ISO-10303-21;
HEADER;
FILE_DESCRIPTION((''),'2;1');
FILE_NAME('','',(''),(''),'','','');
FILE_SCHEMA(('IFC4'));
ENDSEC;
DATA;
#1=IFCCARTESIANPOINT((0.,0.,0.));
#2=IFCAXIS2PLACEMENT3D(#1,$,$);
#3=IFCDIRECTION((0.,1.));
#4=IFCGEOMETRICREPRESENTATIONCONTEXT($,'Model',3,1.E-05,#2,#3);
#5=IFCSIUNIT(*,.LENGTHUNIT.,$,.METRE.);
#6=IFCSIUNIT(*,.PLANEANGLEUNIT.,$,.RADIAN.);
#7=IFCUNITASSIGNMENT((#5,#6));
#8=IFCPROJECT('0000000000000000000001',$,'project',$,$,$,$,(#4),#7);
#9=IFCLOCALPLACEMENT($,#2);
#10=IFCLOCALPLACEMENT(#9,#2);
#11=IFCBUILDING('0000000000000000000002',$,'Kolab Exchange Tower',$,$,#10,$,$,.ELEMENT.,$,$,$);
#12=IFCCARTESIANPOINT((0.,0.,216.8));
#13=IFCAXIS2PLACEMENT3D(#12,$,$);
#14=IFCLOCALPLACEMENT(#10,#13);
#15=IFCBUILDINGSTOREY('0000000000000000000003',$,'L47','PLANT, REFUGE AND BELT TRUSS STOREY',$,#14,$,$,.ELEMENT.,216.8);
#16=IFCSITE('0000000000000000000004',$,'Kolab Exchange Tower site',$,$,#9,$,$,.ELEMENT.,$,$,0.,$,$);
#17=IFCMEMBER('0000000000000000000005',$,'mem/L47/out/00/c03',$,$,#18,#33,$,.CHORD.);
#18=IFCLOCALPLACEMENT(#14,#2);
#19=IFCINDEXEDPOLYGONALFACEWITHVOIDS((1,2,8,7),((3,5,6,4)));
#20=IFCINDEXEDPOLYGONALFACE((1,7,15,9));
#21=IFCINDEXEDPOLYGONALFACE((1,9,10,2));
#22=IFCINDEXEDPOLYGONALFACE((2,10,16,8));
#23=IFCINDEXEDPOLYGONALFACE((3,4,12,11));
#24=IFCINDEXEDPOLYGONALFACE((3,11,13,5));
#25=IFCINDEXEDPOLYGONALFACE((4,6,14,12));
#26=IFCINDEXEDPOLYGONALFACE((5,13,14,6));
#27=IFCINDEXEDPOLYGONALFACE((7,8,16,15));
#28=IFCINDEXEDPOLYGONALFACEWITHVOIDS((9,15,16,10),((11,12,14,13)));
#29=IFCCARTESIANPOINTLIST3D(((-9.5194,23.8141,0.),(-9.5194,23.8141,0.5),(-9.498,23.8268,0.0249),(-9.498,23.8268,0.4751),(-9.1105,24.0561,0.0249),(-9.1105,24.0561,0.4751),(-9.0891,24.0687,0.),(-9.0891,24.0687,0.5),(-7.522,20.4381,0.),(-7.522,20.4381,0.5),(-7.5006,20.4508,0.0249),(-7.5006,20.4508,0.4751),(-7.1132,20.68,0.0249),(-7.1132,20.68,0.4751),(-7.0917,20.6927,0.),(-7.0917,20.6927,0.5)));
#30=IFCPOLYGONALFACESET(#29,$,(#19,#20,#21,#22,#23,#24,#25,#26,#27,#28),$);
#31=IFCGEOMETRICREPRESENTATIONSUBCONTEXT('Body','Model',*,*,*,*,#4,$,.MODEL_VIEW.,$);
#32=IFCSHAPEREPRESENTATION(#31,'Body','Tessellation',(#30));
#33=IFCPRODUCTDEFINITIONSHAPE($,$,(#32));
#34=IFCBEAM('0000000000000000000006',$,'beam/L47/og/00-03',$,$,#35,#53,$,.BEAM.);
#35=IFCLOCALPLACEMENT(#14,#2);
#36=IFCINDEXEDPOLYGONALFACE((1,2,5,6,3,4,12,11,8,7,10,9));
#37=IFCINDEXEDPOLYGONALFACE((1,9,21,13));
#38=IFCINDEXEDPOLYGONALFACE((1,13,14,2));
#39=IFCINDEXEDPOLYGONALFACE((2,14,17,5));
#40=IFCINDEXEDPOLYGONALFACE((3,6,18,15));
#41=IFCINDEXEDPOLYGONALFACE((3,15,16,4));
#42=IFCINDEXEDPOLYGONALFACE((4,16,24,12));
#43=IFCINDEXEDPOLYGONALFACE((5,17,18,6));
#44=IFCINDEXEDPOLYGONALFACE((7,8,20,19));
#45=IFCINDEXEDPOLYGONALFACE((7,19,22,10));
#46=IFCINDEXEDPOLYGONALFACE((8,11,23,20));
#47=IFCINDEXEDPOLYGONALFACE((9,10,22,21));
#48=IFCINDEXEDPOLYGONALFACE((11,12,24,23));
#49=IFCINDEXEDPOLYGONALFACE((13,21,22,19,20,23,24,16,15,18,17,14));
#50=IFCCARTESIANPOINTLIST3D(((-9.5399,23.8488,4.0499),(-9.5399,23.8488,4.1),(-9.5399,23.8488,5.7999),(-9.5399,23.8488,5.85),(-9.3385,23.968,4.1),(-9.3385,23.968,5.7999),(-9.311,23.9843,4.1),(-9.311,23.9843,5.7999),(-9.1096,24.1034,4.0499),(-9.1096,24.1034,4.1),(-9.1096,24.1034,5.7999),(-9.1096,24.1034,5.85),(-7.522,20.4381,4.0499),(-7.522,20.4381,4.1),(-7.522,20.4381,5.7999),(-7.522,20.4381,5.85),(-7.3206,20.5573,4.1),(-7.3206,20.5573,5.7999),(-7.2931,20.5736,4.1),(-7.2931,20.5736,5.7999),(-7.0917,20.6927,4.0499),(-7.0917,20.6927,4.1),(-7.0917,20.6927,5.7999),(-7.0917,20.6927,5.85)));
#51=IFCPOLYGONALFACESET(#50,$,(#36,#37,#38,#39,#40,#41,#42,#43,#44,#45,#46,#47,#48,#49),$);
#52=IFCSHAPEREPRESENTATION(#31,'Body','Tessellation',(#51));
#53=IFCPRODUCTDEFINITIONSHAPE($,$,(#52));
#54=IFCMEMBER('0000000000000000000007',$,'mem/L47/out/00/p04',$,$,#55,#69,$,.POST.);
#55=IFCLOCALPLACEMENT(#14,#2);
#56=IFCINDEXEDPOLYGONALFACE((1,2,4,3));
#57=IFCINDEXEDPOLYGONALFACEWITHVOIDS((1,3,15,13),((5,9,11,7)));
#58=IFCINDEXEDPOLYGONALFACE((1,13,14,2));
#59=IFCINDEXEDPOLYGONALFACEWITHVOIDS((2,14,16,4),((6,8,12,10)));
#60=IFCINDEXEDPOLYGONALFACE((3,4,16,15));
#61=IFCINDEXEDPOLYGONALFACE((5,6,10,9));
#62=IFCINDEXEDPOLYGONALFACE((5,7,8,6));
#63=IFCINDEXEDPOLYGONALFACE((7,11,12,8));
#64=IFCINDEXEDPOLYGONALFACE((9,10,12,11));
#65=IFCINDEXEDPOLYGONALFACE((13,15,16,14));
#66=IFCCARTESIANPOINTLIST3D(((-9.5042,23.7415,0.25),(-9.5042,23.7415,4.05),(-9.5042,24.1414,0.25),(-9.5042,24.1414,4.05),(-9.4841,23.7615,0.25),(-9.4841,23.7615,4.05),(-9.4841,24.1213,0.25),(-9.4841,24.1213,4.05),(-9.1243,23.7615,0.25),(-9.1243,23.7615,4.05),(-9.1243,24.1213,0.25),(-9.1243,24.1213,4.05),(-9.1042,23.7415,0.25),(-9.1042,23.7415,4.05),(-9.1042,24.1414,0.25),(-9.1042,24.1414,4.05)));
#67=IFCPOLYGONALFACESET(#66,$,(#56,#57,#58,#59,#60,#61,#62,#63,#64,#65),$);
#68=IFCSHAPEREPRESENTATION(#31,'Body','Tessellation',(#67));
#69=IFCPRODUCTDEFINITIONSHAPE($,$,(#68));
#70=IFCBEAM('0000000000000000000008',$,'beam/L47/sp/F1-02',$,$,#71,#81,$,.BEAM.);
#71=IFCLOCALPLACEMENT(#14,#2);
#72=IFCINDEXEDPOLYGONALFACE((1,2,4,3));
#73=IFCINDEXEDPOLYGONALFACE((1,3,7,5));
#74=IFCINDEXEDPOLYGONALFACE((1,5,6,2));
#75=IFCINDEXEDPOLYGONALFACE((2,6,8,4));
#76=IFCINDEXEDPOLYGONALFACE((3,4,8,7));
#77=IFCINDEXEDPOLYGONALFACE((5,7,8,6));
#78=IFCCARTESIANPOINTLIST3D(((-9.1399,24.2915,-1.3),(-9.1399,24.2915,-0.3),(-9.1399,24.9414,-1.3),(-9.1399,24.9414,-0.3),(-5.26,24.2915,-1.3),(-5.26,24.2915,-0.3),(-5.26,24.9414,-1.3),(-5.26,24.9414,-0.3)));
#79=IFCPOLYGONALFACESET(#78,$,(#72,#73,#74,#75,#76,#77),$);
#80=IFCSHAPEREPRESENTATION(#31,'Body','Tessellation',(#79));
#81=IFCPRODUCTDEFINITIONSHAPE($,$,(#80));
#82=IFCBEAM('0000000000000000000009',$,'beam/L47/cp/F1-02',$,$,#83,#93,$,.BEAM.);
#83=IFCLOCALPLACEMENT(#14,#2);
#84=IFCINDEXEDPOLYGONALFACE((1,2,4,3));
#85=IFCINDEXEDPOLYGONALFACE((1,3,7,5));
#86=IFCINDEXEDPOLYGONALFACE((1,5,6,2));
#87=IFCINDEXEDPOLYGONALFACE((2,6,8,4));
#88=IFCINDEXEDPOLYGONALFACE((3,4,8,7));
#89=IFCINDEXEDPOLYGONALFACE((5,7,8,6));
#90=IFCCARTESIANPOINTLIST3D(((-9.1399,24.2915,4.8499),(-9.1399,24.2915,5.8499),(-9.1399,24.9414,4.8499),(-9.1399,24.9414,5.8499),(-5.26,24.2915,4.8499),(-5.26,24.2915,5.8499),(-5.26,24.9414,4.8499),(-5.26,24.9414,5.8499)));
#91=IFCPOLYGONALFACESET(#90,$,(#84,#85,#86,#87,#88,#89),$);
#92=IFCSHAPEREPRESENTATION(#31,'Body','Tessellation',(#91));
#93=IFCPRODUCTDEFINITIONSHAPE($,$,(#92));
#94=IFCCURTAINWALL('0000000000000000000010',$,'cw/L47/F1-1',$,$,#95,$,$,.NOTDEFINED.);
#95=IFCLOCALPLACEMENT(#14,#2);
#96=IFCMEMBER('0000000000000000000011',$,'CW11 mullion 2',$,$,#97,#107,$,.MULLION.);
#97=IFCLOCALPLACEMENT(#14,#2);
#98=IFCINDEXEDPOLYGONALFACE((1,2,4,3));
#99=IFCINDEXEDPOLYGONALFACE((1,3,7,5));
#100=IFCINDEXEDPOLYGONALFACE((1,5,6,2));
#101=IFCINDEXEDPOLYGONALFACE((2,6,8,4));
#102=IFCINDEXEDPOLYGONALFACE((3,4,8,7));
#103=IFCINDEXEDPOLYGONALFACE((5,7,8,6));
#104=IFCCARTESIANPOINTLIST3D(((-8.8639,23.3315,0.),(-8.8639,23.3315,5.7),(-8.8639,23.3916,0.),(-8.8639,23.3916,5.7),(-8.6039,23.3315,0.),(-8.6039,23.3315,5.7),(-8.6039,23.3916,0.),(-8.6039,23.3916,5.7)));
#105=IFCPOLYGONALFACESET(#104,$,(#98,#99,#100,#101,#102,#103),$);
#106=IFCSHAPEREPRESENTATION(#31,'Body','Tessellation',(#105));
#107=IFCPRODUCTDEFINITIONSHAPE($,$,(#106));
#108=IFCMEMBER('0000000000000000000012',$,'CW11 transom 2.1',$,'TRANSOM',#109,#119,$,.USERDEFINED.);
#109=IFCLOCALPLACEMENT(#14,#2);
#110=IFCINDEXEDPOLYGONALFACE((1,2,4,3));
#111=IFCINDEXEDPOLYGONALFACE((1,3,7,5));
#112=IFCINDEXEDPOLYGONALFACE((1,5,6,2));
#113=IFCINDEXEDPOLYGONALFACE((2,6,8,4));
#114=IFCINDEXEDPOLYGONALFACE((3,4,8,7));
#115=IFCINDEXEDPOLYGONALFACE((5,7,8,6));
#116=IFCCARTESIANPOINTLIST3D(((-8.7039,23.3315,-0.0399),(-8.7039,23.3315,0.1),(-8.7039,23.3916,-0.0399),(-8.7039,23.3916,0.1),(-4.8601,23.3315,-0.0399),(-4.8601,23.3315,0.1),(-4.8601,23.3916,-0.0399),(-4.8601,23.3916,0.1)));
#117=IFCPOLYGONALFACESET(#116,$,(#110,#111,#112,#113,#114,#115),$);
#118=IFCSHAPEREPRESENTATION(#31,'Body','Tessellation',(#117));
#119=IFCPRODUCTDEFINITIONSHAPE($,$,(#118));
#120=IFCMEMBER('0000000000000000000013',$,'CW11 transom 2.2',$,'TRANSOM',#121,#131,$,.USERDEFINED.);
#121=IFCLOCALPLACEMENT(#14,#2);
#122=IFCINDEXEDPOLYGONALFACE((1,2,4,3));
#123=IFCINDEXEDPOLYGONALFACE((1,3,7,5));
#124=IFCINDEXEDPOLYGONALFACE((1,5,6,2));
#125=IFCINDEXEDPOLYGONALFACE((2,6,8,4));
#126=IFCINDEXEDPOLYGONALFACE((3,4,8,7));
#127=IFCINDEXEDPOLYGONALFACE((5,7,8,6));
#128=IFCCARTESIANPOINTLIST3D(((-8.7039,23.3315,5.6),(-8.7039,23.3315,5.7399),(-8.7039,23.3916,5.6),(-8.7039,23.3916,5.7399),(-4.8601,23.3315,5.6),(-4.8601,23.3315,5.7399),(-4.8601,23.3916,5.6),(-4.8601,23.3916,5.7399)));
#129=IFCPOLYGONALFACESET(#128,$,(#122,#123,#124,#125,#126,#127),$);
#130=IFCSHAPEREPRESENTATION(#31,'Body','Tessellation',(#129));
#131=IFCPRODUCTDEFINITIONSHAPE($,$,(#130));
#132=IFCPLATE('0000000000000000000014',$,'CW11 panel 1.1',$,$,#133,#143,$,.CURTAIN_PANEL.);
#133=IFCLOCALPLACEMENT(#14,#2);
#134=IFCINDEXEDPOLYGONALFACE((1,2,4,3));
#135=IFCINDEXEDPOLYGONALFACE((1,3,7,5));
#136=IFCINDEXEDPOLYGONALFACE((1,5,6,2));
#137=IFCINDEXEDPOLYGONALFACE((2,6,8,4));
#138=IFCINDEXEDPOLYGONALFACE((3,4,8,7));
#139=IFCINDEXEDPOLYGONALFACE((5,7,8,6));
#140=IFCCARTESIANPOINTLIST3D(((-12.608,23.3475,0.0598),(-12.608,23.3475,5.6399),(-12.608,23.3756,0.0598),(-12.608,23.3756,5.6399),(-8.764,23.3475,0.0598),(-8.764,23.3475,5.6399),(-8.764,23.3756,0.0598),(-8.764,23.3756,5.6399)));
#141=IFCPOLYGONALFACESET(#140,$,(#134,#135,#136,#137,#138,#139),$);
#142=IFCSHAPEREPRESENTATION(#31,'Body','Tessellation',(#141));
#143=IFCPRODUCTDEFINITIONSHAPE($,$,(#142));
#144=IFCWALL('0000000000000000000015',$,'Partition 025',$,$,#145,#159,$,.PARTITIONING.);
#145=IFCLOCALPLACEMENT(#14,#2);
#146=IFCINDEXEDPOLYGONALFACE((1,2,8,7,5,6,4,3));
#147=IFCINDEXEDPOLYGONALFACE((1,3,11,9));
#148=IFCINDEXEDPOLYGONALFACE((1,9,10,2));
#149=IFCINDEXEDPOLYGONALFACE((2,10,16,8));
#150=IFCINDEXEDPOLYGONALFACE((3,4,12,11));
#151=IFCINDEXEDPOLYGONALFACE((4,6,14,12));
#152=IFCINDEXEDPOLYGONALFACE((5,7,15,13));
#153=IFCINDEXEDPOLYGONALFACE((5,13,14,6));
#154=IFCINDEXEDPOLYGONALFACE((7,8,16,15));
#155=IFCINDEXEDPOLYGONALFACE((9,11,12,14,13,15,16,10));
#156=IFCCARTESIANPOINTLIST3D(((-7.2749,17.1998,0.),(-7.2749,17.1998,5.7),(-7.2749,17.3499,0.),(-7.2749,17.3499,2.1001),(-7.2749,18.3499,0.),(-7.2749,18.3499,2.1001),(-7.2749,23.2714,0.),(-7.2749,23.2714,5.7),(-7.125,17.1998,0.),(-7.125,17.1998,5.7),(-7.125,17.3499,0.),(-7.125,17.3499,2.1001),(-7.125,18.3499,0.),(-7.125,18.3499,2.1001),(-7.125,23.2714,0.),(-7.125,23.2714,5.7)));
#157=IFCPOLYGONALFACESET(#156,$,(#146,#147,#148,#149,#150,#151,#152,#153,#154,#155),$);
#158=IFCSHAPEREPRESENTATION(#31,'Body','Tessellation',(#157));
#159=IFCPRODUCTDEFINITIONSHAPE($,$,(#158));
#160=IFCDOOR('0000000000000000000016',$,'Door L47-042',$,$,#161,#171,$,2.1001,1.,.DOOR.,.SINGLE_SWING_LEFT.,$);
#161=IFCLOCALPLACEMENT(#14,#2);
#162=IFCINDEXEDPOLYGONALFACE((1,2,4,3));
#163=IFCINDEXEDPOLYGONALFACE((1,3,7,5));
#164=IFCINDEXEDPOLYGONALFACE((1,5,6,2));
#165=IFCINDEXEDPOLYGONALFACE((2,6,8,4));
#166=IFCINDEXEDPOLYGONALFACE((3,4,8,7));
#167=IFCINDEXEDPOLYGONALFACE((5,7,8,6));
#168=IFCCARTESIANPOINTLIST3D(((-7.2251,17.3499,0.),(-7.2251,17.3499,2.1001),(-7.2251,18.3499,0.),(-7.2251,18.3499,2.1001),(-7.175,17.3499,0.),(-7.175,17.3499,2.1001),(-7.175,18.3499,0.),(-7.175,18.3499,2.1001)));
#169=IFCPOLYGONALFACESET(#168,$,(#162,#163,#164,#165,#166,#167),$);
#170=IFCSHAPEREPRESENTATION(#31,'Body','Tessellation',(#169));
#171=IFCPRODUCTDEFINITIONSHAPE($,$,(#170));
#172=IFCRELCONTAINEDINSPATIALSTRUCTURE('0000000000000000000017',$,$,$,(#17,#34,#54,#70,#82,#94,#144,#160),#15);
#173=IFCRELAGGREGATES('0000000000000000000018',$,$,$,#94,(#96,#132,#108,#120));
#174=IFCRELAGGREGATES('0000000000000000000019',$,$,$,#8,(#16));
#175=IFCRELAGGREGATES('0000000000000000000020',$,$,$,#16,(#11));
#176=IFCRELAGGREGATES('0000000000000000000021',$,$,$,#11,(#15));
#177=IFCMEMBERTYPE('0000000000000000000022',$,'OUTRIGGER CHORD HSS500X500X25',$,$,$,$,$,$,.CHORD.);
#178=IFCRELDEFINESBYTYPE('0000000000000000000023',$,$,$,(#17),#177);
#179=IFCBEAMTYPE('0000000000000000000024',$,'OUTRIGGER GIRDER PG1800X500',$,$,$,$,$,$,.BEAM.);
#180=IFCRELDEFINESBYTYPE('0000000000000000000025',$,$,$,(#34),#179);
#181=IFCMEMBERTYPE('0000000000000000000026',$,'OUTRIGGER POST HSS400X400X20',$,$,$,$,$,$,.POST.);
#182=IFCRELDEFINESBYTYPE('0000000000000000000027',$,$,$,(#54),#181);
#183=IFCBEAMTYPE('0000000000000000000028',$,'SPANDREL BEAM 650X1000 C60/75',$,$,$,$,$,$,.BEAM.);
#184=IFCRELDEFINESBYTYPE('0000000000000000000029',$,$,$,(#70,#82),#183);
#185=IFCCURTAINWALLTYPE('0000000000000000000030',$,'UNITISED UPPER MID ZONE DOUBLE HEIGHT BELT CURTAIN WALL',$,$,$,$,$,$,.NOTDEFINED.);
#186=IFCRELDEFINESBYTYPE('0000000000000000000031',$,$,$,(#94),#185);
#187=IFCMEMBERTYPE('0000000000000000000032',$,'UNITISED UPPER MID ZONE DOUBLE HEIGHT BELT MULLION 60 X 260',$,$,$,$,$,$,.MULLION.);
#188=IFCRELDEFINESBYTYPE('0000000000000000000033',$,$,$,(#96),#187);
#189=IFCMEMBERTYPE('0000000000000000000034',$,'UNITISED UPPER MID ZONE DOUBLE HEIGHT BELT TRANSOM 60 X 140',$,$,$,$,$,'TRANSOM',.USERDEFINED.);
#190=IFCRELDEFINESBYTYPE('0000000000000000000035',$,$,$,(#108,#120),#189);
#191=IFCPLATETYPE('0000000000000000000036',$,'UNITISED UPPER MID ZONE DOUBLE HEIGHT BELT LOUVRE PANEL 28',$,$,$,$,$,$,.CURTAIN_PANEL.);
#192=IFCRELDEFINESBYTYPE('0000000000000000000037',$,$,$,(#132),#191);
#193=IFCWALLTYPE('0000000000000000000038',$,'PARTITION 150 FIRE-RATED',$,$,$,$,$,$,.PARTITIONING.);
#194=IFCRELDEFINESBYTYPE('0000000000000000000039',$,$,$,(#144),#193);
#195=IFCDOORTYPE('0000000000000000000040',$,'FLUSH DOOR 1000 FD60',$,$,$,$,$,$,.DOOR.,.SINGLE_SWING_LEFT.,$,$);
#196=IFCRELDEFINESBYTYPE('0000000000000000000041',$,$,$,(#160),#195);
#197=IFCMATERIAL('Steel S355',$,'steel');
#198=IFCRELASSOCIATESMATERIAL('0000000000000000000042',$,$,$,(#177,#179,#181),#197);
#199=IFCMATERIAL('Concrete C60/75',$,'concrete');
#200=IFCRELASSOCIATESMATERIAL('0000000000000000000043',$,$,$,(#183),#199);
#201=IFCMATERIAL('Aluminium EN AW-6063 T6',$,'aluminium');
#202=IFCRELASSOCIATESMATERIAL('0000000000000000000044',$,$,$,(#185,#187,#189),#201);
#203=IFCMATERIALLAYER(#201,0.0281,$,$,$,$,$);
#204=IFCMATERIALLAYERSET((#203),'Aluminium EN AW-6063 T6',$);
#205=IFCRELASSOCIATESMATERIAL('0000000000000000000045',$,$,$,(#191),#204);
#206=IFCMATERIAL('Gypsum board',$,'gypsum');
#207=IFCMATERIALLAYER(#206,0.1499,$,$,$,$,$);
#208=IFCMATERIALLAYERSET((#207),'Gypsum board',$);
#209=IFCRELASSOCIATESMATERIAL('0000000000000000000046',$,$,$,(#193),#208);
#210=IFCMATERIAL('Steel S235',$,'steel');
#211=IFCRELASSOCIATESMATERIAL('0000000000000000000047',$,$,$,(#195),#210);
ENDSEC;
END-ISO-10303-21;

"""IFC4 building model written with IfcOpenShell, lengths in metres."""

from ifc_helpers import new_model, si_unit, direction, frame, frame_2d, origin, origin_2d, place, context, subcontext, project, spatial, rectangle, hollow_rectangle, i_section, extrude, material, layer, layer_set, material_profile, profile_set, type_object, element, fill, aggregate, save


model = new_model("IFC4")

# Units and contexts
model_context = context("Model", 3, precision=1e-05, world=origin(), true_north=direction((0.0, 1.0)))
body_context = subcontext(model_context, "Body", "Model", "MODEL_VIEW")
ifc_project = project(units=[si_unit("LENGTHUNIT", "METRE"), si_unit("PLANEANGLEUNIT", "RADIAN")], contexts=[model_context])

# Site, building, storey
site_placement = place(None, origin())
site = spatial("IfcSite", under=ifc_project, at=site_placement, Name="Kolab Exchange Tower site", CompositionType="ELEMENT", RefElevation=0.0)
building_placement = place(site_placement, origin())
building = spatial("IfcBuilding", under=site, at=building_placement, Name="Kolab Exchange Tower", CompositionType="ELEMENT")
storey_placement = place(building_placement, frame((0.0, 0.0, 216.8)))
storey = spatial("IfcBuildingStorey", under=building, at=storey_placement, Name="L47", Description="PLANT, REFUGE AND BELT TRUSS STOREY", CompositionType="ELEMENT", Elevation=216.8)

# Shared definitions
ifc_material_1 = material(Name="Concrete C60/75", Category="concrete")

# Shared definitions
ifc_material_2 = material(Name="Steel S355", Category="steel")

# Member
ifc_material_profile_1 = material_profile(ifc_material_2, hollow_rectangle(XDim=0.5, YDim=0.5, WallThickness=0.0249, at=origin_2d()), Name="HSS500X500X25")
ifc_profile_set_1 = profile_set([ifc_material_profile_1], Name="Steel S355")
member_type_1 = type_object("IfcMemberType", Name="OUTRIGGER CHORD HSS500X500X25", PredefinedType="CHORD", material=ifc_profile_set_1)
member_1_placement = place(storey_placement, frame((-7.3069, 20.5654, 0.25), z_axis=(-0.509186, 0.860656, 0.0), x_axis=(-0.860656, -0.509186, 0.0)))
element("IfcMember", 1, at=member_1_placement, inside=storey, type_object=member_type_1, Name="mem/L47/out/00/c03", PredefinedType="CHORD", context=body_context, shape_type="SweptSolid", body=[
    extrude(hollow_rectangle(XDim=0.5, YDim=0.5, WallThickness=0.0249, at=origin_2d()), origin(), (0.0, 0.0, 1.0), 3.9226),
])

# Beam
ifc_material_profile_2 = material_profile(ifc_material_2, i_section(OverallWidth=0.5, OverallDepth=1.8, WebThickness=0.032, FlangeThickness=0.05, at=origin_2d()), Name="PG1800X500")
ifc_profile_set_2 = profile_set([ifc_material_profile_2], Name="Steel S355")
beam_type_1 = type_object("IfcBeamType", Name="OUTRIGGER GIRDER PG1800X500", PredefinedType="BEAM", material=ifc_profile_set_2)
beam_1_placement = place(storey_placement, frame((-7.3069, 20.5654, 4.95), z_axis=(-0.509186, 0.860657, 0.0), x_axis=(-0.860657, -0.509186, 0.0)))
element("IfcBeam", 2, at=beam_1_placement, inside=storey, type_object=beam_type_1, Name="beam/L47/og/00-03", PredefinedType="BEAM", context=body_context, shape_type="SweptSolid", body=[
    extrude(i_section(OverallWidth=0.5, OverallDepth=1.8, WebThickness=0.032, FlangeThickness=0.05, at=origin_2d()), origin(), (0.0, 0.0, 1.0), 3.9629),
])

# Member
ifc_material_profile_3 = material_profile(ifc_material_2, hollow_rectangle(XDim=0.3999, YDim=0.3999, WallThickness=0.02, at=origin_2d()), Name="HSS400X400X20")
ifc_profile_set_3 = profile_set([ifc_material_profile_3], Name="Steel S355")
member_type_2 = type_object("IfcMemberType", Name="OUTRIGGER POST HSS400X400X20", PredefinedType="POST", material=ifc_profile_set_3)
member_2_placement = place(storey_placement, frame((-9.3042, 23.9414, 0.25), z_axis=(0.0, 0.0, 1.0), x_axis=(1.0, 0.0, 0.0)))
element("IfcMember", 3, at=member_2_placement, inside=storey, type_object=member_type_2, Name="mem/L47/out/00/p04", PredefinedType="POST", context=body_context, shape_type="SweptSolid", body=[
    extrude(hollow_rectangle(XDim=0.3999, YDim=0.3999, WallThickness=0.02, at=origin_2d()), origin(), (0.0, 0.0, 1.0), 3.8),
])

# Beams
ifc_material_profile_4 = material_profile(ifc_material_1, rectangle(XDim=0.6499, YDim=1.0, at=origin_2d()), Name="RC650X1000")
ifc_profile_set_4 = profile_set([ifc_material_profile_4], Name="Concrete C60/75")
beam_type_2 = type_object("IfcBeamType", Name="SPANDREL BEAM 650X1000 C60/75", PredefinedType="BEAM", material=ifc_profile_set_4)
for number, where, z_axis, x_axis, name in (
    (4, (-9.1399, 24.6165, -0.8), (1.0, 0.0, 0.0), (0.0, 1.0, 0.0), "beam/L47/sp/F1-02"),
    (5, (-9.1399, 24.6165, 5.3499), (1.0, 0.0, 0.0), (0.0, 1.0, 0.0), "beam/L47/cp/F1-02"),
):
    element("IfcBeam", number, at=place(storey_placement, frame(where, z_axis=z_axis, x_axis=x_axis)), inside=storey, type_object=beam_type_2, Name=name, PredefinedType="BEAM", context=body_context, shape_type="SweptSolid", body=[
        extrude(rectangle(XDim=0.6499, YDim=1.0, at=origin_2d()), origin(), (0.0, 0.0, 1.0), 3.8799),
    ])

# Curtain wall, members, plate
ifc_material_3 = material(Name="Aluminium EN AW-6063 T6", Category="aluminium")
curtain_wall_type = type_object("IfcCurtainWallType", Name="UNITISED UPPER MID ZONE DOUBLE HEIGHT BELT CURTAIN WALL", PredefinedType="NOTDEFINED", material=ifc_material_3)
curtain_wall_placement = place(storey_placement, origin())
curtain_wall = element("IfcCurtainWall", 6, at=curtain_wall_placement, inside=storey, type_object=curtain_wall_type, Name="cw/L47/F1-1", PredefinedType="NOTDEFINED")
ifc_material_profile_5 = material_profile(ifc_material_3, rectangle(XDim=0.0601, YDim=0.26, at=origin_2d()), Name="RECT 60X260")
ifc_profile_set_5 = profile_set([ifc_material_profile_5], Name="Aluminium EN AW-6063 T6")
member_type_3 = type_object("IfcMemberType", Name="UNITISED UPPER MID ZONE DOUBLE HEIGHT BELT MULLION 60 X 260", PredefinedType="MULLION", material=ifc_profile_set_5)
member_3_placement = place(storey_placement, frame((-8.7339, 23.3616, 0.0), z_axis=(0.0, 0.0, 1.0), x_axis=(0.0, 1.0, 0.0)))
member_3 = element("IfcMember", 7, at=member_3_placement, type_object=member_type_3, Name="CW11 mullion 2", PredefinedType="MULLION", context=body_context, shape_type="SweptSolid", body=[
    extrude(rectangle(XDim=0.0601, YDim=0.26, at=origin_2d()), origin(), (0.0, 0.0, 1.0), 5.7),
])
ifc_material_profile_6 = material_profile(ifc_material_3, rectangle(XDim=0.0601, YDim=0.1399, at=origin_2d()), Name="RECT 60X140")
ifc_profile_set_6 = profile_set([ifc_material_profile_6], Name="Aluminium EN AW-6063 T6")
member_type_4 = type_object("IfcMemberType", Name="UNITISED UPPER MID ZONE DOUBLE HEIGHT BELT TRANSOM 60 X 140", ElementType="TRANSOM", PredefinedType="USERDEFINED", material=ifc_profile_set_6)
member_4_placement = place(storey_placement, frame((-8.7039, 23.3616, 0.03), z_axis=(1.0, 0.0, 0.0), x_axis=(0.0, 1.0, 0.0)))
member_4 = element("IfcMember", 8, at=member_4_placement, type_object=member_type_4, Name="CW11 transom 2.1", ObjectType="TRANSOM", PredefinedType="USERDEFINED", context=body_context, shape_type="SweptSolid", body=[
    extrude(rectangle(XDim=0.0601, YDim=0.1399, at=origin_2d()), origin(), (0.0, 0.0, 1.0), 3.8438),
])
member_5_placement = place(storey_placement, frame((-8.7039, 23.3616, 5.6699), z_axis=(1.0, 0.0, 0.0), x_axis=(0.0, 1.0, 0.0)))
member_5 = element("IfcMember", 9, at=member_5_placement, type_object=member_type_4, Name="CW11 transom 2.2", ObjectType="TRANSOM", PredefinedType="USERDEFINED", context=body_context, shape_type="SweptSolid", body=[
    extrude(rectangle(XDim=0.0601, YDim=0.1399, at=origin_2d()), origin(), (0.0, 0.0, 1.0), 3.8438),
])
ifc_layer_1 = layer(ifc_material_3, 0.0281)
ifc_layer_set_1 = layer_set([ifc_layer_1], Name="Aluminium EN AW-6063 T6")
plate_type = type_object("IfcPlateType", Name="UNITISED UPPER MID ZONE DOUBLE HEIGHT BELT LOUVRE PANEL 28", PredefinedType="CURTAIN_PANEL", material=ifc_layer_set_1)
plate_placement = place(storey_placement, frame((-10.686, 23.3616, 0.0598), z_axis=(0.0, 0.0, 1.0), x_axis=(1.0, 0.0, 0.0)))
plate = element("IfcPlate", 10, at=plate_placement, type_object=plate_type, Name="CW11 panel 1.1", PredefinedType="CURTAIN_PANEL", context=body_context, shape_type="SweptSolid", body=[
    extrude(rectangle(XDim=3.844, YDim=0.0281, at=origin_2d()), origin(), (0.0, 0.0, 1.0), 5.5801),
])
aggregate(curtain_wall, [member_3, plate, member_4, member_5])

# Wall, opening, door
ifc_material_4 = material(Name="Gypsum board", Category="gypsum")
ifc_layer_2 = layer(ifc_material_4, 0.1499)
ifc_layer_set_2 = layer_set([ifc_layer_2], Name="Gypsum board")
wall_type_1 = type_object("IfcWallType", Name="PARTITION 150 FIRE-RATED", PredefinedType="PARTITIONING", material=ifc_layer_set_2)
wall_1_placement = place(storey_placement, frame((-7.2, 17.2, 0.0), z_axis=(0.0, 0.0, 1.0), x_axis=(0.0, 1.0, 0.0)))
wall_1 = element("IfcWall", 11, at=wall_1_placement, inside=storey, type_object=wall_type_1, Name="Partition 025", PredefinedType="PARTITIONING", context=body_context, shape_type="SweptSolid", body=[
    extrude(rectangle(XDim=6.0715, YDim=0.1499, at=frame_2d((3.0356, 0.0))), origin(), (0.0, 0.0, 1.0), 5.7),
])
opening_placement = place(wall_1_placement, frame((0.1499, 0.0, 0.0)))
opening = element("IfcOpeningElement", 12, at=opening_placement, cuts=wall_1, PredefinedType="OPENING", context=body_context, shape_type="SweptSolid", body=[
    extrude(rectangle(XDim=1.0, YDim=2.1001, at=frame_2d((0.5, 1.05))), frame((0.0, 0.085, 0.0), z_axis=(0.0, -1.0, 0.0), x_axis=(1.0, 0.0, 0.0)), (0.0, 0.0, 1.0), 0.1699),
])
ifc_material_5 = material(Name="Steel S235", Category="steel")
door_type = type_object("IfcDoorType", Name="FLUSH DOOR 1000 FD60", OperationType="SINGLE_SWING_LEFT", PredefinedType="DOOR", material=ifc_material_5)
door_placement = place(opening_placement, frame((1.0, 0.0, 0.0), z_axis=(0.0, 0.0, 1.0), x_axis=(-1.0, 0.0, 0.0)))
door = element("IfcDoor", 13, at=door_placement, inside=storey, type_object=door_type, Name="Door L47-042", OperationType="SINGLE_SWING_LEFT", OverallHeight=2.1001, OverallWidth=1.0, PredefinedType="DOOR", context=body_context, shape_type="SweptSolid", body=[
    extrude(rectangle(XDim=1.0, YDim=2.1001, at=frame_2d((0.5, 1.05))), frame((0.0, 0.0249, 0.0), z_axis=(0.0, -1.0, 0.0), x_axis=(1.0, 0.0, 0.0)), (0.0, 0.0, 1.0), 0.05),
])
fill(opening, door)

save(model, "model.ifc")
